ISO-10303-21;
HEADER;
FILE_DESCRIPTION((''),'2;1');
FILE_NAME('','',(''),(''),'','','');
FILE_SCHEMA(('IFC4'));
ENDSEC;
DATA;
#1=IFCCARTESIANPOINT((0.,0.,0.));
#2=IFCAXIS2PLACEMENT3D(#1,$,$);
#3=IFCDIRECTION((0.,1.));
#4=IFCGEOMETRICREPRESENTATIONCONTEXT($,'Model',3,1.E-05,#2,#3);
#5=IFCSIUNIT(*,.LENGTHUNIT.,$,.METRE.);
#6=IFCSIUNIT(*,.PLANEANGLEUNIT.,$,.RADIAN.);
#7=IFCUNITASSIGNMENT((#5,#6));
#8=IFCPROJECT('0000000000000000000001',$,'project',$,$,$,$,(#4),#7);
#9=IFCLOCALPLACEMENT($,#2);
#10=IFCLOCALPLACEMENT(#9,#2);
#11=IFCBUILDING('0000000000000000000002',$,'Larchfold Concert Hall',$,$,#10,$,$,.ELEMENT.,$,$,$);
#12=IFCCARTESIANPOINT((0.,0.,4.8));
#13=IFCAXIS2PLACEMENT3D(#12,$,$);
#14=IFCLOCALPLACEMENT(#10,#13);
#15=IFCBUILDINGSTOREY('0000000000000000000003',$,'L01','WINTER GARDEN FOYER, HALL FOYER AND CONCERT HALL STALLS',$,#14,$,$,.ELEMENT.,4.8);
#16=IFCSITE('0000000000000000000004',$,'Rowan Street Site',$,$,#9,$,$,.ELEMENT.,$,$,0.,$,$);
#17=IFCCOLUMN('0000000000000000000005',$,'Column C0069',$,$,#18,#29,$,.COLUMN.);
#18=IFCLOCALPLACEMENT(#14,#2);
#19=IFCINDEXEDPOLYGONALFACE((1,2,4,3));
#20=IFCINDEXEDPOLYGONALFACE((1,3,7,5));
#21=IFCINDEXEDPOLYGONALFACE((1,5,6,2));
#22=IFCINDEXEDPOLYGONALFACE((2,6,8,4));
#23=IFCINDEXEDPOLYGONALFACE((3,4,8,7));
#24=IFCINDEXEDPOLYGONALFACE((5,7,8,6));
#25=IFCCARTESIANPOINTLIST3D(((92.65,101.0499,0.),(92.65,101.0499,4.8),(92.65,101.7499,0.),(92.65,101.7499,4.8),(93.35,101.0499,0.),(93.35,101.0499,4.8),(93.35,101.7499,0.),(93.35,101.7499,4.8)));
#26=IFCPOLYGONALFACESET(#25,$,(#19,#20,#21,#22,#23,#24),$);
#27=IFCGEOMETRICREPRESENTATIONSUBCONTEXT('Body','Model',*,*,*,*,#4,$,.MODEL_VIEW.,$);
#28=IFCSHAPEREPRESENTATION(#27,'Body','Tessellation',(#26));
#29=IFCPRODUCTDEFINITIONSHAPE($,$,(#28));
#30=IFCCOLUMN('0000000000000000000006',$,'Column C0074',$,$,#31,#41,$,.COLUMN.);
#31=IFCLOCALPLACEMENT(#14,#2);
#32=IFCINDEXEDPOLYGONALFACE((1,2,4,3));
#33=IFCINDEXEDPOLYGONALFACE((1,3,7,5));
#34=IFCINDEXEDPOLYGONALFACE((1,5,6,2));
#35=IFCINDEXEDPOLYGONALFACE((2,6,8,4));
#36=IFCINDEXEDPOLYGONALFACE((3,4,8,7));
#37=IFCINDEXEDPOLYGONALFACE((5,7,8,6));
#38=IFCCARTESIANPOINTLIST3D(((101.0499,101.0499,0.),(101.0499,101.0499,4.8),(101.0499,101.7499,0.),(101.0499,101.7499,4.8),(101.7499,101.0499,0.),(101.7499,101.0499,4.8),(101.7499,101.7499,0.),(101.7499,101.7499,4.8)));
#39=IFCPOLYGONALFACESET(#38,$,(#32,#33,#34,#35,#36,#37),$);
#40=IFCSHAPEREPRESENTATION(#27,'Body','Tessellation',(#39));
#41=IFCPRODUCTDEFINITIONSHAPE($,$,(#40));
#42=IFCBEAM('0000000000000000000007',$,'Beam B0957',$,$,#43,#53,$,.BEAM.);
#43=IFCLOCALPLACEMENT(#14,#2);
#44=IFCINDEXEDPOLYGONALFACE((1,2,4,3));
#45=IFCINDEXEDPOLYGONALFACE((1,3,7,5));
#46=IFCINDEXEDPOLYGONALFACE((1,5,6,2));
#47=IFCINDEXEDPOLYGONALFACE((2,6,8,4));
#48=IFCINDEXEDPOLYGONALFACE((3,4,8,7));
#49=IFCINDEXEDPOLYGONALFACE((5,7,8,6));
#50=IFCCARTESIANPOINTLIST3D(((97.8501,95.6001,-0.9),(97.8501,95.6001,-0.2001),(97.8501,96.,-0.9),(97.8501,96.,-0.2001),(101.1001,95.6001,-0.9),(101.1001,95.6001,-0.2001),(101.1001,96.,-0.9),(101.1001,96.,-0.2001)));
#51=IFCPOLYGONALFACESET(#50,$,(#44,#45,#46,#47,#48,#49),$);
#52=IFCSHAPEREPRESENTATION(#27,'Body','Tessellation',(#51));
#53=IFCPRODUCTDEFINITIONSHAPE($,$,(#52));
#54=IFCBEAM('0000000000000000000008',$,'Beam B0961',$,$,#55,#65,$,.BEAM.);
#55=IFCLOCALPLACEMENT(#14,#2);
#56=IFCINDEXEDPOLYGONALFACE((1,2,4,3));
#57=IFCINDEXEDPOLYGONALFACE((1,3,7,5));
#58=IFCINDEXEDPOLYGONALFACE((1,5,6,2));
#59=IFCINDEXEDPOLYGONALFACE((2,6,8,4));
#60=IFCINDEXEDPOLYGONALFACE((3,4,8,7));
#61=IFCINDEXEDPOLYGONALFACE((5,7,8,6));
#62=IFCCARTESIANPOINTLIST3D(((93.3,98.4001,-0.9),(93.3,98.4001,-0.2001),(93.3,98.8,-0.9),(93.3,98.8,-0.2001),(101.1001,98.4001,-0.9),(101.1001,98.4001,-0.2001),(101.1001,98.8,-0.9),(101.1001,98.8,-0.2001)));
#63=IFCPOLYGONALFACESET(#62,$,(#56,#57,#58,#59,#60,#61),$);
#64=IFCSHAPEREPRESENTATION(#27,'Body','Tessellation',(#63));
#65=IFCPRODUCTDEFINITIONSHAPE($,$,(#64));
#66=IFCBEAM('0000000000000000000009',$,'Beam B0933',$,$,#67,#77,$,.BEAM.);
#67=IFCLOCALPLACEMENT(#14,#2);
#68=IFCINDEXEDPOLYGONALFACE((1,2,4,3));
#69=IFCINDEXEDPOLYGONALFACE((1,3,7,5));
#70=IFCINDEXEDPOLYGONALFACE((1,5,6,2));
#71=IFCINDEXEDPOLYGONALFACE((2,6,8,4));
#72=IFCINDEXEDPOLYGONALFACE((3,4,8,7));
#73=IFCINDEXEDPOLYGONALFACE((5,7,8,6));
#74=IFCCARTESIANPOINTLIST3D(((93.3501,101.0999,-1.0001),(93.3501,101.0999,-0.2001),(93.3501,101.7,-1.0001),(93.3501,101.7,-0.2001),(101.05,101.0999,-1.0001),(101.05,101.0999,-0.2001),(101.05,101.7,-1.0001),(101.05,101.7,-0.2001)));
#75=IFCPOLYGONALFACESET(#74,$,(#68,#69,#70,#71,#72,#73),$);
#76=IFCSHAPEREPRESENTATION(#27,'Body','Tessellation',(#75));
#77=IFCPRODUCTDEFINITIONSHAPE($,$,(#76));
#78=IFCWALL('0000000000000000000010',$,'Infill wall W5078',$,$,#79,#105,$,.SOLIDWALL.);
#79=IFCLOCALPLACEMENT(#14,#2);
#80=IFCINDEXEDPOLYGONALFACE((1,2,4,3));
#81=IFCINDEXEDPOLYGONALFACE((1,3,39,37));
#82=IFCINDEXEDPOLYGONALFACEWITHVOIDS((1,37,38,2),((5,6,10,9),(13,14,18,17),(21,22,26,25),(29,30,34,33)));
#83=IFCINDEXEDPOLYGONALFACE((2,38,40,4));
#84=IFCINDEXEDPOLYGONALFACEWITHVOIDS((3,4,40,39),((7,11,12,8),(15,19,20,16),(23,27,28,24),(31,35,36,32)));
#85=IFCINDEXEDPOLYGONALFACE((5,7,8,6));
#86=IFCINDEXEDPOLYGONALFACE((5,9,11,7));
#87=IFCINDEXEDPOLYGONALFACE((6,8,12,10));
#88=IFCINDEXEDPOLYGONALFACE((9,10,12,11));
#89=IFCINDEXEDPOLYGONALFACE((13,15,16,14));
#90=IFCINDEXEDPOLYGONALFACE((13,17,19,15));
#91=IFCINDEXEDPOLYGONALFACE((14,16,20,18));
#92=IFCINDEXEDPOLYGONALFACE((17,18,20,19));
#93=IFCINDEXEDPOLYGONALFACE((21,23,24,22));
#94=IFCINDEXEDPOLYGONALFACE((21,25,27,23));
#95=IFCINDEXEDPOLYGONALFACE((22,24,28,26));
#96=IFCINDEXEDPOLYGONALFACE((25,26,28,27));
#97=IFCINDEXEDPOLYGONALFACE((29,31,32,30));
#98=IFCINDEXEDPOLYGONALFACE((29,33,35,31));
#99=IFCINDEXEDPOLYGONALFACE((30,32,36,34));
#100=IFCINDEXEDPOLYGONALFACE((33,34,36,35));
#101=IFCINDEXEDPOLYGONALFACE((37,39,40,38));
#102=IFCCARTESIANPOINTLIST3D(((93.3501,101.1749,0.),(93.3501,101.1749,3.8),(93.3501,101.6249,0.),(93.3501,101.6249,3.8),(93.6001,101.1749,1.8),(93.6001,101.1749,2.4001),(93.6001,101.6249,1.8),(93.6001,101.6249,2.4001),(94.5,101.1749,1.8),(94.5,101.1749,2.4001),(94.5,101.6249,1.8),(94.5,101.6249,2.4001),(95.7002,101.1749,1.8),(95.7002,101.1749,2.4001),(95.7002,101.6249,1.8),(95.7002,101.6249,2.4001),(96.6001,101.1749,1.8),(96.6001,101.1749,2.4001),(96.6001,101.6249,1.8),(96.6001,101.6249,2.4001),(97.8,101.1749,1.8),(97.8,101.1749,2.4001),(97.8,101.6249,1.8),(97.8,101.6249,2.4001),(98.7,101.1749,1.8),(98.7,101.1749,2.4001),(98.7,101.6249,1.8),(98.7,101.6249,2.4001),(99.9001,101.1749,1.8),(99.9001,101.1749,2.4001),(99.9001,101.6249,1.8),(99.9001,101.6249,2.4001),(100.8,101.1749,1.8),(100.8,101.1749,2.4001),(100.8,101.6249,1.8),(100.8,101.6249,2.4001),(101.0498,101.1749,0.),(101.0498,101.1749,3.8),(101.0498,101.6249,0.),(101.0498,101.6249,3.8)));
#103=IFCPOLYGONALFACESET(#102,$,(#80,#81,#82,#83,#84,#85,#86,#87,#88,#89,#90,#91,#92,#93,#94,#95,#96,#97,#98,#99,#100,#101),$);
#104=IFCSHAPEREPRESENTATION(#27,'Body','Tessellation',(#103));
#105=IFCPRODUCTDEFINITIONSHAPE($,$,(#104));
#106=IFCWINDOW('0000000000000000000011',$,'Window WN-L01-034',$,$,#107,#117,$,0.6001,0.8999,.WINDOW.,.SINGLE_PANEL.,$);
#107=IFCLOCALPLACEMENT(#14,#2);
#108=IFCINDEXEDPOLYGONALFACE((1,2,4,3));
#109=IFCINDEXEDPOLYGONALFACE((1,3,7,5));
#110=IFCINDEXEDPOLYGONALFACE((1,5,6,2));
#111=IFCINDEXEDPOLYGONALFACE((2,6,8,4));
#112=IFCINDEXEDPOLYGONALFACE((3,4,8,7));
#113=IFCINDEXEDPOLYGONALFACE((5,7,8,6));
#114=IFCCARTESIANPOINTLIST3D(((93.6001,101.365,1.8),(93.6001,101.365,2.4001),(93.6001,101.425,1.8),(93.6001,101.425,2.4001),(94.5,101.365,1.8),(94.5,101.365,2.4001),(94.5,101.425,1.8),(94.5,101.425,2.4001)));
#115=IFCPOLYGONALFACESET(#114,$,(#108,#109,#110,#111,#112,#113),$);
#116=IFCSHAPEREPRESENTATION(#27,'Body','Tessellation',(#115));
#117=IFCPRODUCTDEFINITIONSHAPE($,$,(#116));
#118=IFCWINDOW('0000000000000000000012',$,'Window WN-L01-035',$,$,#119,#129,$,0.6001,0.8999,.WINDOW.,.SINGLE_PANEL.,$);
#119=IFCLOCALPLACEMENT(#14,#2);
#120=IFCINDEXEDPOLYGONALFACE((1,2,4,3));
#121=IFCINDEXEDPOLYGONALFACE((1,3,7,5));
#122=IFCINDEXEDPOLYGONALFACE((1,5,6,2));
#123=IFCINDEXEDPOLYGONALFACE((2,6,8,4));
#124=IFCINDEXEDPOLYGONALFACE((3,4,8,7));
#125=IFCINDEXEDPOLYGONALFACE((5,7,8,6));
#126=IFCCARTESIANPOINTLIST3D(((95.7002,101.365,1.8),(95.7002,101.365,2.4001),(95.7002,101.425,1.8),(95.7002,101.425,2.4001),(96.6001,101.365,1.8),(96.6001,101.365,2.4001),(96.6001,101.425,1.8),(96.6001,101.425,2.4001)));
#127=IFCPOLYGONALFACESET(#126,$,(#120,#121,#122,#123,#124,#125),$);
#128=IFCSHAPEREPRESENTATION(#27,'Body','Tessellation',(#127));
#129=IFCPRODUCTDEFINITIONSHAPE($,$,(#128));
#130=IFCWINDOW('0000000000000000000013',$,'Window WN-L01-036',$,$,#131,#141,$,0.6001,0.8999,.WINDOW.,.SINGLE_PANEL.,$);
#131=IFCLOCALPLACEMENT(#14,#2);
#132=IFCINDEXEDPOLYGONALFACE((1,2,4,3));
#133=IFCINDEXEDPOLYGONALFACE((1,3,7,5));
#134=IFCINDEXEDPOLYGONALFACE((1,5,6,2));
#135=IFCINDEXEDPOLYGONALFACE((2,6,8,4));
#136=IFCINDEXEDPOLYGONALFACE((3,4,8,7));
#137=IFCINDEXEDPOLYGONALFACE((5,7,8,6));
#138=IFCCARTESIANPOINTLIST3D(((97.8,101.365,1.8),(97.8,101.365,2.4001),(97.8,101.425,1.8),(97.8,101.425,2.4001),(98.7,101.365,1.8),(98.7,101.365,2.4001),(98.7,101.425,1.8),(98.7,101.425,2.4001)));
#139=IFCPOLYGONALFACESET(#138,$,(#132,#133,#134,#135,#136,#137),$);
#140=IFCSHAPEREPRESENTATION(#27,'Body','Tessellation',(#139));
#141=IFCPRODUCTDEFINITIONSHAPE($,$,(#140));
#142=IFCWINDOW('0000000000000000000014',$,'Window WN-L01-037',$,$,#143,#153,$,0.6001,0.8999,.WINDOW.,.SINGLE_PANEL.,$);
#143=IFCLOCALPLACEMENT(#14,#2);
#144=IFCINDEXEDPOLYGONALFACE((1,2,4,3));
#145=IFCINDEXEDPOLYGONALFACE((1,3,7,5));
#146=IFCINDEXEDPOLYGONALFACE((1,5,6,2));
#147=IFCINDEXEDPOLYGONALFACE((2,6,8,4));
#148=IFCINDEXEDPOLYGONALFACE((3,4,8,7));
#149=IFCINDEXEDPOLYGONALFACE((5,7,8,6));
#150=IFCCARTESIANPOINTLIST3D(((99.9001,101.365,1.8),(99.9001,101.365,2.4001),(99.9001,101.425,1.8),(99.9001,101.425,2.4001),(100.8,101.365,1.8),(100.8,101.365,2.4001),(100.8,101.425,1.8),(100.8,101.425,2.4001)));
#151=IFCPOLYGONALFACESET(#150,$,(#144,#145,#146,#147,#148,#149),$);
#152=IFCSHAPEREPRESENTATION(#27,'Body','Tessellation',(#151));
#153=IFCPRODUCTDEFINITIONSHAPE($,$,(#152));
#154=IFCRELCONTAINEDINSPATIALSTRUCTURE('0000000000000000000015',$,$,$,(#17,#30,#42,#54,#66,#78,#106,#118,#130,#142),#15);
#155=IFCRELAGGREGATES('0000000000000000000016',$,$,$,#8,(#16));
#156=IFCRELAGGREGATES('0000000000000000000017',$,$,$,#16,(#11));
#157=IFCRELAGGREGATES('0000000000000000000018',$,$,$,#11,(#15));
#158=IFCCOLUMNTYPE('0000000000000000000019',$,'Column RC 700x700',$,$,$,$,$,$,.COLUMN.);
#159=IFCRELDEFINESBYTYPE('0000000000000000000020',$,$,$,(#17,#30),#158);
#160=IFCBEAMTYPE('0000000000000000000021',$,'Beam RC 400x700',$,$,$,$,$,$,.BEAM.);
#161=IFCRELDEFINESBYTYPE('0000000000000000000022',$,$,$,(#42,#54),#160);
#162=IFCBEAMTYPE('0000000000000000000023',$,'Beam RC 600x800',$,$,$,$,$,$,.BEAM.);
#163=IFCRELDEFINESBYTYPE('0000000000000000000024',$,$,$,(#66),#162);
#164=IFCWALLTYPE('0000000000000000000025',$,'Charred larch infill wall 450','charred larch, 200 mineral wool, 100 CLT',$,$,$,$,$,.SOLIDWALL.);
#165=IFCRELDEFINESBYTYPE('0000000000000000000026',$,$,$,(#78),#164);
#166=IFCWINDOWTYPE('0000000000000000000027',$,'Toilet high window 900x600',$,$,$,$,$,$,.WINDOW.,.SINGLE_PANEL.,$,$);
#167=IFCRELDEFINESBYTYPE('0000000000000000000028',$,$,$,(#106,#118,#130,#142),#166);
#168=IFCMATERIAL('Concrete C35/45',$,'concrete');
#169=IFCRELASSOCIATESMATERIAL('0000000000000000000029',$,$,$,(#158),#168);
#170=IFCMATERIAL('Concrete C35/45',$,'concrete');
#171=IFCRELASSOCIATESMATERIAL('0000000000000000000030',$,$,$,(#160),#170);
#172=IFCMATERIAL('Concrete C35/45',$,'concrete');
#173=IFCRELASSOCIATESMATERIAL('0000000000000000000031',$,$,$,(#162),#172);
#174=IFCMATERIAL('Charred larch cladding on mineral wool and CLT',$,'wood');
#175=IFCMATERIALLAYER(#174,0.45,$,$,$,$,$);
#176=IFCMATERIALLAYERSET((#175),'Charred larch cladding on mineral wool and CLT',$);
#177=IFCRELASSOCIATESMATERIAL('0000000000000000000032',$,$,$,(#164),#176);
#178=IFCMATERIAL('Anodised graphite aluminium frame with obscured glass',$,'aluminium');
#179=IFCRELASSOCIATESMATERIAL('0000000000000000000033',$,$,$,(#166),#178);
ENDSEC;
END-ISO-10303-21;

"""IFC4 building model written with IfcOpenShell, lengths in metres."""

from ifc_helpers import new_model, si_unit, direction, frame, frame_2d, origin, origin_2d, place, context, subcontext, project, spatial, rectangle, extrude, material, layer, layer_set, material_profile, profile_set, type_object, element, fill, save


model = new_model("IFC4")

# Units and contexts
model_context = context("Model", 3, precision=1e-05, world=origin(), true_north=direction((0.0, 1.0)))
body_context = subcontext(model_context, "Body", "Model", "MODEL_VIEW")
ifc_project = project(units=[si_unit("LENGTHUNIT", "METRE"), si_unit("PLANEANGLEUNIT", "RADIAN")], contexts=[model_context])

# Site, building, storey
site_placement = place(None, origin())
site = spatial("IfcSite", under=ifc_project, at=site_placement, Name="Rowan Street Site", CompositionType="ELEMENT", RefElevation=0.0)
building_placement = place(site_placement, origin())
building = spatial("IfcBuilding", under=site, at=building_placement, Name="Larchfold Concert Hall", CompositionType="ELEMENT")
storey_placement = place(building_placement, frame((0.0, 0.0, 4.8)))
storey = spatial("IfcBuildingStorey", under=building, at=storey_placement, Name="L01", Description="WINTER GARDEN FOYER, HALL FOYER AND CONCERT HALL STALLS", CompositionType="ELEMENT", Elevation=4.8)

# Columns
ifc_material_1 = material(Name="Concrete C35/45", Category="concrete")
ifc_material_profile_1 = material_profile(ifc_material_1, rectangle(XDim=0.7, YDim=0.7, at=origin_2d()))
ifc_profile_set_1 = profile_set([ifc_material_profile_1], Name="Concrete C35/45")
column_type = type_object("IfcColumnType", Name="Column RC 700x700", PredefinedType="COLUMN", material=ifc_profile_set_1)
for number, where, z_axis, x_axis, name in (
    (1, (93.0, 101.3999, 0.0), (0.0, 0.0, 1.0), (1.0, 0.0, 0.0), "Column C0069"),
    (2, (101.3999, 101.3999, 0.0), (0.0, 0.0, 1.0), (1.0, 0.0, 0.0), "Column C0074"),
):
    element("IfcColumn", number, at=place(storey_placement, frame(where, z_axis=z_axis, x_axis=x_axis)), inside=storey, type_object=column_type, Name=name, PredefinedType="COLUMN", context=body_context, shape_type="SweptSolid", body=[
        extrude(rectangle(XDim=0.7, YDim=0.7, at=origin_2d()), origin(), (0.0, 0.0, 1.0), 4.8),
    ])

# Beams
ifc_material_2 = material(Name="Concrete C35/45", Category="concrete")
ifc_material_profile_2 = material_profile(ifc_material_2, rectangle(XDim=0.3999, YDim=0.7, at=origin_2d()))
ifc_profile_set_2 = profile_set([ifc_material_profile_2], Name="Concrete C35/45")
beam_type_1 = type_object("IfcBeamType", Name="Beam RC 400x700", PredefinedType="BEAM", material=ifc_profile_set_2)
beam_1_placement = place(storey_placement, frame((97.8501, 95.8, -0.55), z_axis=(1.0, 0.0, 0.0), x_axis=(0.0, 1.0, 0.0)))
element("IfcBeam", 3, at=beam_1_placement, inside=storey, type_object=beam_type_1, Name="Beam B0957", PredefinedType="BEAM", context=body_context, shape_type="SweptSolid", body=[
    extrude(rectangle(XDim=0.3999, YDim=0.7, at=origin_2d()), origin(), (0.0, 0.0, 1.0), 3.25),
])
beam_2_placement = place(storey_placement, frame((93.3, 98.6001, -0.55), z_axis=(1.0, 0.0, 0.0), x_axis=(0.0, 1.0, 0.0)))
element("IfcBeam", 4, at=beam_2_placement, inside=storey, type_object=beam_type_1, Name="Beam B0961", PredefinedType="BEAM", context=body_context, shape_type="SweptSolid", body=[
    extrude(rectangle(XDim=0.3999, YDim=0.7, at=origin_2d()), origin(), (0.0, 0.0, 1.0), 7.8),
])
ifc_material_3 = material(Name="Concrete C35/45", Category="concrete")
ifc_material_profile_3 = material_profile(ifc_material_3, rectangle(XDim=0.6001, YDim=0.8, at=origin_2d()))
ifc_profile_set_3 = profile_set([ifc_material_profile_3], Name="Concrete C35/45")
beam_type_2 = type_object("IfcBeamType", Name="Beam RC 600x800", PredefinedType="BEAM", material=ifc_profile_set_3)
beam_3_placement = place(storey_placement, frame((93.3501, 101.3999, -0.6001), z_axis=(1.0, 0.0, 0.0), x_axis=(0.0, 1.0, 0.0)))
element("IfcBeam", 5, at=beam_3_placement, inside=storey, type_object=beam_type_2, Name="Beam B0933", PredefinedType="BEAM", context=body_context, shape_type="SweptSolid", body=[
    extrude(rectangle(XDim=0.6001, YDim=0.8, at=origin_2d()), origin(), (0.0, 0.0, 1.0), 7.7),
])

# Wall, openings, windows
ifc_material_4 = material(Name="Charred larch cladding on mineral wool and CLT", Category="wood")
ifc_layer_1 = layer(ifc_material_4, 0.45)
ifc_layer_set_1 = layer_set([ifc_layer_1], Name="Charred larch cladding on mineral wool and CLT")
wall_type_1 = type_object("IfcWallType", Name="Charred larch infill wall 450", Description="charred larch, 200 mineral wool, 100 CLT", PredefinedType="SOLIDWALL", material=ifc_layer_set_1)
wall_1_placement = place(storey_placement, frame((101.0498, 101.3999, 0.0), z_axis=(0.0, 0.0, 1.0), x_axis=(-1.0, 0.0, 0.0)))
wall_1 = element("IfcWall", 6, at=wall_1_placement, inside=storey, type_object=wall_type_1, Name="Infill wall W5078", PredefinedType="SOLIDWALL", context=body_context, shape_type="SweptSolid", body=[
    extrude(rectangle(XDim=7.6997, YDim=0.45, at=frame_2d((3.8499, 0.0))), origin(), (0.0, 0.0, 1.0), 3.8),
])
opening_1_placement = place(wall_1_placement, frame((6.5498, 0.0, 1.8)))
opening_1 = element("IfcOpeningElement", 7, at=opening_1_placement, cuts=wall_1, PredefinedType="OPENING", context=body_context, shape_type="SweptSolid", body=[
    extrude(rectangle(XDim=0.8999, YDim=0.6001, at=frame_2d((0.45, 0.3))), frame((0.0, 0.2349, 0.0), z_axis=(0.0, -1.0, 0.0), x_axis=(1.0, 0.0, 0.0)), (0.0, 0.0, 1.0), 0.47),
])
opening_2_placement = place(wall_1_placement, frame((4.4497, 0.0, 1.8)))
opening_2 = element("IfcOpeningElement", 8, at=opening_2_placement, cuts=wall_1, PredefinedType="OPENING", context=body_context, shape_type="SweptSolid", body=[
    extrude(rectangle(XDim=0.8999, YDim=0.6001, at=frame_2d((0.45, 0.3))), frame((0.0, 0.2349, 0.0), z_axis=(0.0, -1.0, 0.0), x_axis=(1.0, 0.0, 0.0)), (0.0, 0.0, 1.0), 0.47),
])
opening_3_placement = place(wall_1_placement, frame((2.3499, 0.0, 1.8)))
opening_3 = element("IfcOpeningElement", 9, at=opening_3_placement, cuts=wall_1, PredefinedType="OPENING", context=body_context, shape_type="SweptSolid", body=[
    extrude(rectangle(XDim=0.8999, YDim=0.6001, at=frame_2d((0.45, 0.3))), frame((0.0, 0.2349, 0.0), z_axis=(0.0, -1.0, 0.0), x_axis=(1.0, 0.0, 0.0)), (0.0, 0.0, 1.0), 0.47),
])
opening_4_placement = place(wall_1_placement, frame((0.2498, 0.0, 1.8)))
opening_4 = element("IfcOpeningElement", 10, at=opening_4_placement, cuts=wall_1, PredefinedType="OPENING", context=body_context, shape_type="SweptSolid", body=[
    extrude(rectangle(XDim=0.8999, YDim=0.6001, at=frame_2d((0.45, 0.3))), frame((0.0, 0.2349, 0.0), z_axis=(0.0, -1.0, 0.0), x_axis=(1.0, 0.0, 0.0)), (0.0, 0.0, 1.0), 0.47),
])
ifc_material_5 = material(Name="Anodised graphite aluminium frame with obscured glass", Category="aluminium")
window_type_1 = type_object("IfcWindowType", Name="Toilet high window 900x600", PartitioningType="SINGLE_PANEL", PredefinedType="WINDOW", material=ifc_material_5)
window_1_placement = place(opening_1_placement, origin())
window_1 = element("IfcWindow", 11, at=window_1_placement, inside=storey, type_object=window_type_1, Name="Window WN-L01-034", OverallHeight=0.6001, OverallWidth=0.8999, PartitioningType="SINGLE_PANEL", PredefinedType="WINDOW", context=body_context, shape_type="SweptSolid", body=[
    extrude(rectangle(XDim=0.8999, YDim=0.6001, at=frame_2d((0.45, 0.3))), frame((0.0, 0.0349, 0.0), z_axis=(0.0, -1.0, 0.0), x_axis=(1.0, 0.0, 0.0)), (0.0, 0.0, 1.0), 0.0601),
])
fill(opening_1, window_1)
window_2_placement = place(opening_2_placement, origin())
window_2 = element("IfcWindow", 12, at=window_2_placement, inside=storey, type_object=window_type_1, Name="Window WN-L01-035", OverallHeight=0.6001, OverallWidth=0.8999, PartitioningType="SINGLE_PANEL", PredefinedType="WINDOW", context=body_context, shape_type="SweptSolid", body=[
    extrude(rectangle(XDim=0.8999, YDim=0.6001, at=frame_2d((0.45, 0.3))), frame((0.0, 0.0349, 0.0), z_axis=(0.0, -1.0, 0.0), x_axis=(1.0, 0.0, 0.0)), (0.0, 0.0, 1.0), 0.0601),
])
fill(opening_2, window_2)
window_3_placement = place(opening_3_placement, origin())
window_3 = element("IfcWindow", 13, at=window_3_placement, inside=storey, type_object=window_type_1, Name="Window WN-L01-036", OverallHeight=0.6001, OverallWidth=0.8999, PartitioningType="SINGLE_PANEL", PredefinedType="WINDOW", context=body_context, shape_type="SweptSolid", body=[
    extrude(rectangle(XDim=0.8999, YDim=0.6001, at=frame_2d((0.45, 0.3))), frame((0.0, 0.0349, 0.0), z_axis=(0.0, -1.0, 0.0), x_axis=(1.0, 0.0, 0.0)), (0.0, 0.0, 1.0), 0.0601),
])
fill(opening_3, window_3)
window_4_placement = place(opening_4_placement, origin())
window_4 = element("IfcWindow", 14, at=window_4_placement, inside=storey, type_object=window_type_1, Name="Window WN-L01-037", OverallHeight=0.6001, OverallWidth=0.8999, PartitioningType="SINGLE_PANEL", PredefinedType="WINDOW", context=body_context, shape_type="SweptSolid", body=[
    extrude(rectangle(XDim=0.8999, YDim=0.6001, at=frame_2d((0.45, 0.3))), frame((0.0, 0.0349, 0.0), z_axis=(0.0, -1.0, 0.0), x_axis=(1.0, 0.0, 0.0)), (0.0, 0.0, 1.0), 0.0601),
])
fill(opening_4, window_4)

save(model, "model.ifc")
